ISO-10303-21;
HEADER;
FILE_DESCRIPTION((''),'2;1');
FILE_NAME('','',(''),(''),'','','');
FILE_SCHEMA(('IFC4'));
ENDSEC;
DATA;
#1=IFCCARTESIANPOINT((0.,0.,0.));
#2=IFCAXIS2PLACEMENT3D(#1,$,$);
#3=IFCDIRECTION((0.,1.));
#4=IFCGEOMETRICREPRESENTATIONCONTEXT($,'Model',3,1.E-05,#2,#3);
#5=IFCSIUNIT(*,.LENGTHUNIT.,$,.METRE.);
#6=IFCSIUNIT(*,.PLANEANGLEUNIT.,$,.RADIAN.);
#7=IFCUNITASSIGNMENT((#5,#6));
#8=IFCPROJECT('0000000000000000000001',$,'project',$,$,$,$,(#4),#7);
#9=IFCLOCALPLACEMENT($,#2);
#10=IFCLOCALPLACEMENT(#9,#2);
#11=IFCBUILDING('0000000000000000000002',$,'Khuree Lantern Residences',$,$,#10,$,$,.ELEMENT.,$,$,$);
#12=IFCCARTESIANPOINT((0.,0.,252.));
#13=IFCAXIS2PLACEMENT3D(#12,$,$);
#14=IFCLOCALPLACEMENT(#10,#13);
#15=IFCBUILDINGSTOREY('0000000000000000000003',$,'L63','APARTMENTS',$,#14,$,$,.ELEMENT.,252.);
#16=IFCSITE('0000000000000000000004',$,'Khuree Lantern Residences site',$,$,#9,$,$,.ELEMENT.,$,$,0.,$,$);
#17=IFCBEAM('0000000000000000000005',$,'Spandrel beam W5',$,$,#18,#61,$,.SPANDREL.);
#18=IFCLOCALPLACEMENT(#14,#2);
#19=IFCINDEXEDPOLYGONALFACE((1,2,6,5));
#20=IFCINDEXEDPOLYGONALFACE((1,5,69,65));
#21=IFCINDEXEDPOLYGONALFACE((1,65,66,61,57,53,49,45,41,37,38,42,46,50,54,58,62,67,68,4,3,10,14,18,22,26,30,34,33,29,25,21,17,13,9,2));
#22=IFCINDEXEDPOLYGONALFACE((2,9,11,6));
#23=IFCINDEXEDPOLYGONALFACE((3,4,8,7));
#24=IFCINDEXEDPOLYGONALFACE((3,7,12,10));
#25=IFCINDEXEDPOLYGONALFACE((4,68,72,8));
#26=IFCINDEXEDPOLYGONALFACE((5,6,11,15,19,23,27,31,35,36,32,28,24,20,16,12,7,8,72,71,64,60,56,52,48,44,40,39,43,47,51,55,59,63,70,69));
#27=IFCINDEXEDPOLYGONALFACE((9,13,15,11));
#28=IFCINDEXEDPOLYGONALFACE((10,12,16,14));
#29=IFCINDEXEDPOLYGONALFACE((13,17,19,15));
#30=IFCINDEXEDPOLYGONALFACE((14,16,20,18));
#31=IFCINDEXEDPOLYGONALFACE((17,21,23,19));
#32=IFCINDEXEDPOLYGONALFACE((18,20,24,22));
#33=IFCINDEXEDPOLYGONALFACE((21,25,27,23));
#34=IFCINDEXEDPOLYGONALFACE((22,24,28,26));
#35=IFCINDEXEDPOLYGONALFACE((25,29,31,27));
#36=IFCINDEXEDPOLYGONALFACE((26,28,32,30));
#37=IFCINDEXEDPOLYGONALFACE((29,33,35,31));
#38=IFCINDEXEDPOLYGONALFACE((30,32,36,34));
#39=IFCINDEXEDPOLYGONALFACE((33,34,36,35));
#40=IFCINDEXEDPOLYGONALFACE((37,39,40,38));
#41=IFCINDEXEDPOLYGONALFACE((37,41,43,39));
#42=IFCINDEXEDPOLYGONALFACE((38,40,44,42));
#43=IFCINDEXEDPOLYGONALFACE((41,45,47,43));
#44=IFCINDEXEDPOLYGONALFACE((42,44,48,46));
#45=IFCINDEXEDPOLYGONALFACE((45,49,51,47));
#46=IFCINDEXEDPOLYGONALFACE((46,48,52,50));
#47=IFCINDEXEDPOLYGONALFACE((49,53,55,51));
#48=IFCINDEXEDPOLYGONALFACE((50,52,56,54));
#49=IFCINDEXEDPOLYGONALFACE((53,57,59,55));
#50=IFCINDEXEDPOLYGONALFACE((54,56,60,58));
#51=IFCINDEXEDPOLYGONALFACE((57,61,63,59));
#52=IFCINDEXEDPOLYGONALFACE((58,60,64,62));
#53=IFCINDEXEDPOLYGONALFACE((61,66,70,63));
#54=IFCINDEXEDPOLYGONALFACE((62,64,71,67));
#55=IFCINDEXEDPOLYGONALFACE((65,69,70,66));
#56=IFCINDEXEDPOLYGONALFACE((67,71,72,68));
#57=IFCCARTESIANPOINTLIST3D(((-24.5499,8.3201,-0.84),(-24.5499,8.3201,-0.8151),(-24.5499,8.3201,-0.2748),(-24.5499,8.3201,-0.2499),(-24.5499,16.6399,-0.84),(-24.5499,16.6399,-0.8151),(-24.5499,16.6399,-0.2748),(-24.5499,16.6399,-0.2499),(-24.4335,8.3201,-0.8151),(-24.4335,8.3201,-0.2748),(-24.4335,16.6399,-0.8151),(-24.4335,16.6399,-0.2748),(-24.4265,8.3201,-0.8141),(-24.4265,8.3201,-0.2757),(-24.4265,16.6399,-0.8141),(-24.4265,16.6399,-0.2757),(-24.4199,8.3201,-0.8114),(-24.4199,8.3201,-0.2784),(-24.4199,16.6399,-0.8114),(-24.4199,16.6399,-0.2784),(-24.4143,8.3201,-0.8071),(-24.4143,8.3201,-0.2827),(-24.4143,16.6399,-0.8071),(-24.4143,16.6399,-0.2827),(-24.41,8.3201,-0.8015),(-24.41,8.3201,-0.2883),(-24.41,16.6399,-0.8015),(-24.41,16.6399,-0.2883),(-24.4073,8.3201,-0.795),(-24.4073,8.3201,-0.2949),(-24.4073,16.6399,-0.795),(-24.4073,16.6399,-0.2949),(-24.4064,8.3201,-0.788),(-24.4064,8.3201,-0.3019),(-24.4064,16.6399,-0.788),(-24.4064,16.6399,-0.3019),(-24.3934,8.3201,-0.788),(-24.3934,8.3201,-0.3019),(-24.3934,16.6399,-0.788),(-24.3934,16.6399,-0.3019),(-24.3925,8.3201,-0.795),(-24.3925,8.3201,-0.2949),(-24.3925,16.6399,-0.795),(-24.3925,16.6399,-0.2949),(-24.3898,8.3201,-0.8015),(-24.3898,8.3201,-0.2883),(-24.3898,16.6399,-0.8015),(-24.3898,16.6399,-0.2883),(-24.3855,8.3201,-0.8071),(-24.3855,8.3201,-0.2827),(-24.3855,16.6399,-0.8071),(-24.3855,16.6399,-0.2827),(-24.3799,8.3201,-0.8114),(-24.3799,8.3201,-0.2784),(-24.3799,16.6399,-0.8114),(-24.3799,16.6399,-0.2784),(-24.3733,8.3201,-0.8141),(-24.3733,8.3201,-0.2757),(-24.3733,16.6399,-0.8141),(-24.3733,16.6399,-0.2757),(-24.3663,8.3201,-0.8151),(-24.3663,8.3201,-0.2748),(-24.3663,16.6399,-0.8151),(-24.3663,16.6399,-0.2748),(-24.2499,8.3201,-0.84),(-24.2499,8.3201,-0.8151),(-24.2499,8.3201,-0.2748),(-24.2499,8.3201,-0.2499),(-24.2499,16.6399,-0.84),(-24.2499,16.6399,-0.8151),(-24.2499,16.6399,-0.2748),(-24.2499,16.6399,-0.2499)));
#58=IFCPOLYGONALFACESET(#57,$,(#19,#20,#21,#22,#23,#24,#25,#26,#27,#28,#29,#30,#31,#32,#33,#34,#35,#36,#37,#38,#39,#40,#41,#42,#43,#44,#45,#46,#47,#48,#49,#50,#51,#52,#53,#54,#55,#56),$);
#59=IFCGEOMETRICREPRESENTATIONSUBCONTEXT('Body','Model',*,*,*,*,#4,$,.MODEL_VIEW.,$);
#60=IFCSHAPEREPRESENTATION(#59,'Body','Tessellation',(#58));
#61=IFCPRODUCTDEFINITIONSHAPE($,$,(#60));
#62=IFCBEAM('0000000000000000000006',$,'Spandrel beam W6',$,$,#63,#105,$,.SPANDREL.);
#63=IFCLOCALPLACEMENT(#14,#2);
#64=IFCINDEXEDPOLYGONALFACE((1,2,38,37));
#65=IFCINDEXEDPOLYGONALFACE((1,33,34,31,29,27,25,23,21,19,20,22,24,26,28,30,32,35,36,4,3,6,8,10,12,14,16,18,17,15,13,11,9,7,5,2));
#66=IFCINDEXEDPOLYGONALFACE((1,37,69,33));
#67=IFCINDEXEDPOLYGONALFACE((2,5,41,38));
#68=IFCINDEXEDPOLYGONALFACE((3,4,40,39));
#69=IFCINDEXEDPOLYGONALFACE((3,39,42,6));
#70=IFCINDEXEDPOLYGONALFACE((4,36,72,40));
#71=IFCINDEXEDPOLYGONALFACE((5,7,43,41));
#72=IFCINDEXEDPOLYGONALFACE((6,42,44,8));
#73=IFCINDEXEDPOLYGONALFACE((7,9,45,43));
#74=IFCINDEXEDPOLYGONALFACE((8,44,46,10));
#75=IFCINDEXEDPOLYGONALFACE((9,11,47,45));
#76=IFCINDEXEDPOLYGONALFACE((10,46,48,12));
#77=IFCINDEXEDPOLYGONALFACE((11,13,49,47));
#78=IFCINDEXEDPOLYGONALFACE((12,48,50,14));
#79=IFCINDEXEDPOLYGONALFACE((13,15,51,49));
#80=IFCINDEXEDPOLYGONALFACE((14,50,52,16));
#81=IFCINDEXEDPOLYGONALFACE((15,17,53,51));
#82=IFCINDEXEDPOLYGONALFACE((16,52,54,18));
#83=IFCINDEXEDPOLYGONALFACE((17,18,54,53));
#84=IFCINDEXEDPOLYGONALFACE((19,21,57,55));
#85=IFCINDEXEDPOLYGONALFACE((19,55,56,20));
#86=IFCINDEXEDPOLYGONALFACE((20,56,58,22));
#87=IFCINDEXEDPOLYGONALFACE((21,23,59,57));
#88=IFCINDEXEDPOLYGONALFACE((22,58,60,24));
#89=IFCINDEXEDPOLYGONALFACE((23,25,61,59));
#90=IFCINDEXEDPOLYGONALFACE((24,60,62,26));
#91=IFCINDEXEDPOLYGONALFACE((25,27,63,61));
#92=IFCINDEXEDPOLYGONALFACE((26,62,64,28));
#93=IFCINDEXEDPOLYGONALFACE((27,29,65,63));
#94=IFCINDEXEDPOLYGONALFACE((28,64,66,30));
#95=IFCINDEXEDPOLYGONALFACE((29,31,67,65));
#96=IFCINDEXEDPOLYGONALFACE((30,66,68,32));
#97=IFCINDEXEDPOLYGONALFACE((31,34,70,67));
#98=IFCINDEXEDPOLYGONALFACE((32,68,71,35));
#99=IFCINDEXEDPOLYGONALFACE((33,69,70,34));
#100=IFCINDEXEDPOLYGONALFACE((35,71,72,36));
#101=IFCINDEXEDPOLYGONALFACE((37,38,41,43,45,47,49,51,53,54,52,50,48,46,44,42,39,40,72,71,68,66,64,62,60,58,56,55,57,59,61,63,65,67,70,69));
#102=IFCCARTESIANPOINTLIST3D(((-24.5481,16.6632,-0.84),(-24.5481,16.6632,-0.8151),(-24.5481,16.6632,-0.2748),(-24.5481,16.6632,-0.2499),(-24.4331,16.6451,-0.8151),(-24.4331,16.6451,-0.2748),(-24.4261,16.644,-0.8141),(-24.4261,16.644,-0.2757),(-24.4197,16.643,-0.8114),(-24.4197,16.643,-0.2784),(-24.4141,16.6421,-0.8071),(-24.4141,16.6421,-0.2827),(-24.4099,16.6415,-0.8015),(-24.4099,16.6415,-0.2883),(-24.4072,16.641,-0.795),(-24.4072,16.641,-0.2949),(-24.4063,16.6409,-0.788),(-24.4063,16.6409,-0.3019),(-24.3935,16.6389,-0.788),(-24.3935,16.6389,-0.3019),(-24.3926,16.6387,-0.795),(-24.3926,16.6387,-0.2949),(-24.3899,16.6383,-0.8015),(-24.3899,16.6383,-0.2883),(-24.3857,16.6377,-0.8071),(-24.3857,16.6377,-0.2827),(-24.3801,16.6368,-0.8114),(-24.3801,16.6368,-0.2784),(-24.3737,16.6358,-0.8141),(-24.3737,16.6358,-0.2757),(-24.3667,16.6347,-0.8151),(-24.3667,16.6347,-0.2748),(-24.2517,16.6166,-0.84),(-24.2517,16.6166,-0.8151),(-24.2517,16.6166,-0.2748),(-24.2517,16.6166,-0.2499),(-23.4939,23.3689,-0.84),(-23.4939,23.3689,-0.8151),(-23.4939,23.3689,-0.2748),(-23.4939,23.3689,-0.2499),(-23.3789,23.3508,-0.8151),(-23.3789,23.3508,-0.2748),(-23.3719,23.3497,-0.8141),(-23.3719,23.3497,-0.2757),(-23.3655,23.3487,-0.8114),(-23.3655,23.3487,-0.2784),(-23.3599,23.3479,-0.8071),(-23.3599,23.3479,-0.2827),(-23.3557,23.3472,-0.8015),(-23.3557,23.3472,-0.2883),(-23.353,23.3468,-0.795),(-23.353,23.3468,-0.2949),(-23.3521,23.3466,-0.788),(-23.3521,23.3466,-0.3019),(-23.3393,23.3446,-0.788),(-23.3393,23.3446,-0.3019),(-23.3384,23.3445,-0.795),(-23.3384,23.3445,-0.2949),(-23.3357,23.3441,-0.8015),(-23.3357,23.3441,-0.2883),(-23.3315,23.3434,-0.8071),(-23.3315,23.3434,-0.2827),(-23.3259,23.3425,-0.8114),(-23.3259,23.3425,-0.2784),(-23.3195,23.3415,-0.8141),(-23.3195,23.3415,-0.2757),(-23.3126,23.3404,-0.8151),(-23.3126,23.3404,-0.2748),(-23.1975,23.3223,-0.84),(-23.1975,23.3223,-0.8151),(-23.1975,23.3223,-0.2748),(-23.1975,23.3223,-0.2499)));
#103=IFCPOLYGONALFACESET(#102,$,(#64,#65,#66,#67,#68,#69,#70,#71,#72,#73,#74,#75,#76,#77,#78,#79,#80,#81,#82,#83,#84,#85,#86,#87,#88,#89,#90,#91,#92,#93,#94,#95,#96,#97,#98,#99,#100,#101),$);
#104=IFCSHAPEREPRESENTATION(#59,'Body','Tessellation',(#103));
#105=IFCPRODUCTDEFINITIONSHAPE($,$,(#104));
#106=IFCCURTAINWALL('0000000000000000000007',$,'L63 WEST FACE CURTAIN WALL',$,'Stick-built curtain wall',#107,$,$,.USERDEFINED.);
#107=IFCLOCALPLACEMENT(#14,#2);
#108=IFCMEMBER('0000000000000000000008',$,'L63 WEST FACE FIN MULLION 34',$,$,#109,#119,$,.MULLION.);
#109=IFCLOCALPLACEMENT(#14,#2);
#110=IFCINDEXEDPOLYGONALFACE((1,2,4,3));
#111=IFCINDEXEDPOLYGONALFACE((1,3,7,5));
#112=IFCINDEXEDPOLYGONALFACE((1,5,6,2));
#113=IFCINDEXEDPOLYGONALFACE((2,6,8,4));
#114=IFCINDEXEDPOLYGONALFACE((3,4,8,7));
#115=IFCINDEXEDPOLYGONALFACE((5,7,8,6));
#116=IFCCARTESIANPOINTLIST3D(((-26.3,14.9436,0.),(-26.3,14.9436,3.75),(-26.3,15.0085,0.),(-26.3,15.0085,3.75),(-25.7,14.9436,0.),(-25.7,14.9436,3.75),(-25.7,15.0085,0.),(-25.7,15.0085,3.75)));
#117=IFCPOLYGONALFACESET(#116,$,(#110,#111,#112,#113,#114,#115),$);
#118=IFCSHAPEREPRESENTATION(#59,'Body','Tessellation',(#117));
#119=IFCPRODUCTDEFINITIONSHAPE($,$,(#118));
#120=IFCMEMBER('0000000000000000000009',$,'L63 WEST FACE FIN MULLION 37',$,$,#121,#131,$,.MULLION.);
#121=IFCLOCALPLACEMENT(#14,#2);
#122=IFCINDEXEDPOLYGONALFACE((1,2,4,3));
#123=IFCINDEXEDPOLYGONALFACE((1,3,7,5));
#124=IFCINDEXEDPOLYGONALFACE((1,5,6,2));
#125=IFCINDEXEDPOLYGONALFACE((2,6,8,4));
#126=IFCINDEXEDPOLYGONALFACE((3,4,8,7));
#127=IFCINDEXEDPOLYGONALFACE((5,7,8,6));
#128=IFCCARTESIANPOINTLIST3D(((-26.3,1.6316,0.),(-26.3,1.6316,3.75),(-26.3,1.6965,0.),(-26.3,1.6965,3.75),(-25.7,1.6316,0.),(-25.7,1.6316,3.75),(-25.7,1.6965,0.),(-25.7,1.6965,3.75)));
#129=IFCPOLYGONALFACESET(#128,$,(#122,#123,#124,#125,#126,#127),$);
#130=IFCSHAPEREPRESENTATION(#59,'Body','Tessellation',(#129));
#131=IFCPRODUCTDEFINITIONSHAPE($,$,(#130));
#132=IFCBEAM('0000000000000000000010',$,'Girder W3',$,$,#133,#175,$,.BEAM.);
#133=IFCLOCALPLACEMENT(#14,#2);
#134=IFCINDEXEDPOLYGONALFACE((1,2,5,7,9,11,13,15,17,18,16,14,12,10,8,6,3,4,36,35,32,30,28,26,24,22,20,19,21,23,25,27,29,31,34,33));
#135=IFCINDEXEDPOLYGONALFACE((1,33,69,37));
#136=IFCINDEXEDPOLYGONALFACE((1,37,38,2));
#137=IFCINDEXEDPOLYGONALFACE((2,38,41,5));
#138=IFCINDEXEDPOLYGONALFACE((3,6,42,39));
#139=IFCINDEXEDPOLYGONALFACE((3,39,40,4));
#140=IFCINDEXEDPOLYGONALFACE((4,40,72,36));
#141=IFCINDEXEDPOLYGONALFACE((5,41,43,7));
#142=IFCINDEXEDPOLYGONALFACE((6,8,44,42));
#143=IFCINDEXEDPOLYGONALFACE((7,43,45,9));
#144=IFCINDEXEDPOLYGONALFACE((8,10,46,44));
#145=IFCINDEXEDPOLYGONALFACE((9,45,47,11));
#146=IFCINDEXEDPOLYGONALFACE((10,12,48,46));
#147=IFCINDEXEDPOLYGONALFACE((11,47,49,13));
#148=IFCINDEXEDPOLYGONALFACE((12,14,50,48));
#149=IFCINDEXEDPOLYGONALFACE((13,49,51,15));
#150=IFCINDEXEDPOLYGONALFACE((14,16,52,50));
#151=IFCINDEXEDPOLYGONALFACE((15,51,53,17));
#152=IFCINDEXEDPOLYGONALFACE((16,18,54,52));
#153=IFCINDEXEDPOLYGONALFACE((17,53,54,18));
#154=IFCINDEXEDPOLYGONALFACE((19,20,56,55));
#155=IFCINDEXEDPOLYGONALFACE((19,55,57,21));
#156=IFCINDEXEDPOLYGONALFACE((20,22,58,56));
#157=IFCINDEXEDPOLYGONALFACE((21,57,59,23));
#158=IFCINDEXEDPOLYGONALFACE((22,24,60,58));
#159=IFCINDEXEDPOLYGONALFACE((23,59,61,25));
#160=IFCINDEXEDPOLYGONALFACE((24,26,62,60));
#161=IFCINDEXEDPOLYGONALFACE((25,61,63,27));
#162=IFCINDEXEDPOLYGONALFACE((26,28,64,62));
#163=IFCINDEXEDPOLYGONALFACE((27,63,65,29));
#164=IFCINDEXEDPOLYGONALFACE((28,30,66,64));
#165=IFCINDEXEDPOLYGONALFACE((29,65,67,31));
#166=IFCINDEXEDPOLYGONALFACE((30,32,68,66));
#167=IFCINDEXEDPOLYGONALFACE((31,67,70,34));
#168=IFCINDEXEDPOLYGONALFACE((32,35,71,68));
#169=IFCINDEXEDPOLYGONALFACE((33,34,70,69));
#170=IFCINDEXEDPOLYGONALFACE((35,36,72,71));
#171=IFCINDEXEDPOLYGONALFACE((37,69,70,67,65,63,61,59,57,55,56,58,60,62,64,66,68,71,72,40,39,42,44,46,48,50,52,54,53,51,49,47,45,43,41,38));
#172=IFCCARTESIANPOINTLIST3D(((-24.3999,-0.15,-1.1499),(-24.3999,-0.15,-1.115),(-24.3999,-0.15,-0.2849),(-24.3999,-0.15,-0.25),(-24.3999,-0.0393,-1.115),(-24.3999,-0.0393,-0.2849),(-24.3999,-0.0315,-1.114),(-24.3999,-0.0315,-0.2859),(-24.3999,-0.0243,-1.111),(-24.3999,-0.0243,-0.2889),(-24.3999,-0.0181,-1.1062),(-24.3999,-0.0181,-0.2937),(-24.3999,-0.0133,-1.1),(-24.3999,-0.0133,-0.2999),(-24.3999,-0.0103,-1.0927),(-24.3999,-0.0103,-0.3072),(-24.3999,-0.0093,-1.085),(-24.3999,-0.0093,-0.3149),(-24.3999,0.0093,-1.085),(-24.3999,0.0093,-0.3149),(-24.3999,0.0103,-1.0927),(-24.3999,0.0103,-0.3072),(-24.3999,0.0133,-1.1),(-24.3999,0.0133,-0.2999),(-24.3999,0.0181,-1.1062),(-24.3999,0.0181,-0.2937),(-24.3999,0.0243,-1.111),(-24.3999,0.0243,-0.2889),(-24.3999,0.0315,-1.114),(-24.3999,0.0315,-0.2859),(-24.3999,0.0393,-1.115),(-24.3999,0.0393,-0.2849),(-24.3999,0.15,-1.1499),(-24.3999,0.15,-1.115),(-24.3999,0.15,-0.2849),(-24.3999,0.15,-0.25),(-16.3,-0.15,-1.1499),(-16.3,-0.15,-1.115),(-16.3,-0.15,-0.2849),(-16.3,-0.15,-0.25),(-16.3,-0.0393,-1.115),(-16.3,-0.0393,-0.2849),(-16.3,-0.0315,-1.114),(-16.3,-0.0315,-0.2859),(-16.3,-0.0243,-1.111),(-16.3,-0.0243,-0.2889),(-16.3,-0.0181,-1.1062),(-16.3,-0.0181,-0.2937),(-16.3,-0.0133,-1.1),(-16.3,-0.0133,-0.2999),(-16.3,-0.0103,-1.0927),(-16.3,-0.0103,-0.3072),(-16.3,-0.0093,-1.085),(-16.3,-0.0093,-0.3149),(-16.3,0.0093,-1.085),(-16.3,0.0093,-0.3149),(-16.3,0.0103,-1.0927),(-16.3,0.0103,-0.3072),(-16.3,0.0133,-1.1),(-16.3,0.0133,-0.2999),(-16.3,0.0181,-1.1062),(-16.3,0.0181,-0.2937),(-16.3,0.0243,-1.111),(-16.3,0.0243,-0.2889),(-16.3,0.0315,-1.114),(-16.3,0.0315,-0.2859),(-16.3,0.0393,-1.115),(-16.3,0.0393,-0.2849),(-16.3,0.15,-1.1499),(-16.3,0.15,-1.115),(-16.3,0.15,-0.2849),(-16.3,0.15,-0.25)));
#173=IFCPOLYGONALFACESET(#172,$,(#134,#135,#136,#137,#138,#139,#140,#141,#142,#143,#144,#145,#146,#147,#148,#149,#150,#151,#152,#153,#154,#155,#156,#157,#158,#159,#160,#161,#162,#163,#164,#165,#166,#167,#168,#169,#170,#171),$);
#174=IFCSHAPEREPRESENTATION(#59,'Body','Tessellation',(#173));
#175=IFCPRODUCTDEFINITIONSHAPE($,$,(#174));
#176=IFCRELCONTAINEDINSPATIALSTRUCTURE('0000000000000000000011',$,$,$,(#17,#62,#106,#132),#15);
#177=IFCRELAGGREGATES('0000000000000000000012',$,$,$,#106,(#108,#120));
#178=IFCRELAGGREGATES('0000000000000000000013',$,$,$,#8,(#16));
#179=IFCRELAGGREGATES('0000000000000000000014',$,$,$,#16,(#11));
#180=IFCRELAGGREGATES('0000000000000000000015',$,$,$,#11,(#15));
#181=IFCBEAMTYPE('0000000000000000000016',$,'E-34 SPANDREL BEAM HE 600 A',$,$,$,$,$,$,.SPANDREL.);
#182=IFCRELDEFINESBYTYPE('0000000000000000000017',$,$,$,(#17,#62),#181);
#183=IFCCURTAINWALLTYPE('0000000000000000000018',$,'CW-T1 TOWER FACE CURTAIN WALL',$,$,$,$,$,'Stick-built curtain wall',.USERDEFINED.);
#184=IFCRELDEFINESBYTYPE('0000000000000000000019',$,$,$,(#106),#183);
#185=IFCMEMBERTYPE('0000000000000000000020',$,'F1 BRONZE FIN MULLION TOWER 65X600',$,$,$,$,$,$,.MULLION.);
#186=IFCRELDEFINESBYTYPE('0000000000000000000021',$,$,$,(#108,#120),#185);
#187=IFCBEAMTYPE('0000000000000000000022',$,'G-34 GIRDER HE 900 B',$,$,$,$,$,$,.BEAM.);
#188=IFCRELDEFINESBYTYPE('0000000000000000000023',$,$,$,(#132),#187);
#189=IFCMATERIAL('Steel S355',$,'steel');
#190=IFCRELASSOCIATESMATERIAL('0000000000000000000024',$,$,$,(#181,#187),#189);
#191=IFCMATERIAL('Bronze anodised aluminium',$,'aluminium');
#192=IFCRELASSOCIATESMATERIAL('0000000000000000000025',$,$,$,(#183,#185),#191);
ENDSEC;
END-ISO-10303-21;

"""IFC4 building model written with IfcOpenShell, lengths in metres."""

from ifc_helpers import new_model, si_unit, direction, frame, origin, origin_2d, place, context, subcontext, project, spatial, rectangle, i_section, extrude, material, material_profile, profile_set, type_object, element, aggregate, save


model = new_model("IFC4")

# Units and contexts
model_context = context("Model", 3, precision=1e-05, world=origin(), true_north=direction((0.0, 1.0)))
body_context = subcontext(model_context, "Body", "Model", "MODEL_VIEW")
ifc_project = project(units=[si_unit("LENGTHUNIT", "METRE"), si_unit("PLANEANGLEUNIT", "RADIAN")], contexts=[model_context])

# Site, building, storey
site_placement = place(None, origin())
site = spatial("IfcSite", under=ifc_project, at=site_placement, Name="Khuree Lantern Residences site", CompositionType="ELEMENT", RefElevation=0.0)
building_placement = place(site_placement, origin())
building = spatial("IfcBuilding", under=site, at=building_placement, Name="Khuree Lantern Residences", CompositionType="ELEMENT")
storey_placement = place(building_placement, frame((0.0, 0.0, 252.0)))
storey = spatial("IfcBuildingStorey", under=building, at=storey_placement, Name="L63", Description="APARTMENTS", CompositionType="ELEMENT", Elevation=252.0)

# Beams
ifc_material_1 = material(Name="Steel S355", Category="steel")
ifc_material_profile_1 = material_profile(ifc_material_1, i_section(OverallWidth=0.3, OverallDepth=0.5901, WebThickness=0.0129, FlangeThickness=0.0249, FilletRadius=0.0271, at=origin_2d()), Name="HE 600 A")
ifc_profile_set_1 = profile_set([ifc_material_profile_1], Name="Steel S355")
beam_type_1 = type_object("IfcBeamType", Name="E-34 SPANDREL BEAM HE 600 A", PredefinedType="SPANDREL", material=ifc_profile_set_1)
beam_1_placement = place(storey_placement, frame((-24.3999, 8.3201, -0.5449), z_axis=(0.0, 1.0, 0.0), x_axis=(-1.0, 0.0, 0.0)))
element("IfcBeam", 1, at=beam_1_placement, inside=storey, type_object=beam_type_1, Name="Spandrel beam W5", PredefinedType="SPANDREL", context=body_context, shape_type="SweptSolid", body=[
    extrude(i_section(OverallWidth=0.3, OverallDepth=0.5901, WebThickness=0.0129, FlangeThickness=0.0249, FilletRadius=0.0271, at=origin_2d()), origin(), (0.0, 0.0, 1.0), 8.3198),
])
beam_2_placement = place(storey_placement, frame((-24.3999, 16.6399, -0.5449), z_axis=(0.1553, 0.987867, 0.0), x_axis=(-0.987867, 0.1553, 0.0)))
element("IfcBeam", 2, at=beam_2_placement, inside=storey, type_object=beam_type_1, Name="Spandrel beam W6", PredefinedType="SPANDREL", context=body_context, shape_type="SweptSolid", body=[
    extrude(i_section(OverallWidth=0.3, OverallDepth=0.5901, WebThickness=0.0129, FlangeThickness=0.0249, FilletRadius=0.0271, at=origin_2d()), origin(), (0.0, 0.0, 1.0), 6.7881),
])

# Curtain wall, members
ifc_material_2 = material(Name="Bronze anodised aluminium", Category="aluminium")
curtain_wall_type = type_object("IfcCurtainWallType", Name="CW-T1 TOWER FACE CURTAIN WALL", ElementType="Stick-built curtain wall", PredefinedType="USERDEFINED", material=ifc_material_2)
curtain_wall_placement = place(storey_placement, origin())
curtain_wall = element("IfcCurtainWall", 3, at=curtain_wall_placement, inside=storey, type_object=curtain_wall_type, Name="L63 WEST FACE CURTAIN WALL", ObjectType="Stick-built curtain wall", PredefinedType="USERDEFINED")
ifc_material_profile_2 = material_profile(ifc_material_2, rectangle(XDim=0.0649, YDim=0.6001, at=origin_2d()), Name="F1 65X600")
ifc_profile_set_2 = profile_set([ifc_material_profile_2], Name="Bronze anodised aluminium")
member_type_1 = type_object("IfcMemberType", Name="F1 BRONZE FIN MULLION TOWER 65X600", PredefinedType="MULLION", material=ifc_profile_set_2)
member_1_placement = place(storey_placement, frame((-26.0, 14.9761, 0.0), z_axis=(0.0, 0.0, 1.0), x_axis=(0.0, -1.0, 0.0)))
member_1 = element("IfcMember", 4, at=member_1_placement, type_object=member_type_1, Name="L63 WEST FACE FIN MULLION 34", PredefinedType="MULLION", context=body_context, shape_type="SweptSolid", body=[
    extrude(rectangle(XDim=0.0649, YDim=0.6001, at=origin_2d()), origin(), (0.0, 0.0, 1.0), 3.75),
])
member_2_placement = place(storey_placement, frame((-26.0, 1.6641, 0.0), z_axis=(0.0, 0.0, 1.0), x_axis=(0.0, -1.0, 0.0)))
member_2 = element("IfcMember", 5, at=member_2_placement, type_object=member_type_1, Name="L63 WEST FACE FIN MULLION 37", PredefinedType="MULLION", context=body_context, shape_type="SweptSolid", body=[
    extrude(rectangle(XDim=0.0649, YDim=0.6001, at=origin_2d()), origin(), (0.0, 0.0, 1.0), 3.75),
])

# Beam
ifc_material_profile_3 = material_profile(ifc_material_1, i_section(OverallWidth=0.3, OverallDepth=0.8999, WebThickness=0.0186, FlangeThickness=0.0349, FilletRadius=0.03, at=origin_2d()), Name="HE 900 B")
ifc_profile_set_3 = profile_set([ifc_material_profile_3], Name="Steel S355")
beam_type_2 = type_object("IfcBeamType", Name="G-34 GIRDER HE 900 B", PredefinedType="BEAM", material=ifc_profile_set_3)
for number, where, z_axis, x_axis, name in (
    (6, (-24.3999, 0.0, -0.7), (1.0, 0.0, 0.0), (0.0, 1.0, 0.0), "Girder W3"),
):
    element("IfcBeam", number, at=place(storey_placement, frame(where, z_axis=z_axis, x_axis=x_axis)), inside=storey, type_object=beam_type_2, Name=name, PredefinedType="BEAM", context=body_context, shape_type="SweptSolid", body=[
        extrude(i_section(OverallWidth=0.3, OverallDepth=0.8999, WebThickness=0.0186, FlangeThickness=0.0349, FilletRadius=0.03, at=origin_2d()), origin(), (0.0, 0.0, 1.0), 8.0999),
    ])

aggregate(curtain_wall, [member_1, member_2])

save(model, "model.ifc")
